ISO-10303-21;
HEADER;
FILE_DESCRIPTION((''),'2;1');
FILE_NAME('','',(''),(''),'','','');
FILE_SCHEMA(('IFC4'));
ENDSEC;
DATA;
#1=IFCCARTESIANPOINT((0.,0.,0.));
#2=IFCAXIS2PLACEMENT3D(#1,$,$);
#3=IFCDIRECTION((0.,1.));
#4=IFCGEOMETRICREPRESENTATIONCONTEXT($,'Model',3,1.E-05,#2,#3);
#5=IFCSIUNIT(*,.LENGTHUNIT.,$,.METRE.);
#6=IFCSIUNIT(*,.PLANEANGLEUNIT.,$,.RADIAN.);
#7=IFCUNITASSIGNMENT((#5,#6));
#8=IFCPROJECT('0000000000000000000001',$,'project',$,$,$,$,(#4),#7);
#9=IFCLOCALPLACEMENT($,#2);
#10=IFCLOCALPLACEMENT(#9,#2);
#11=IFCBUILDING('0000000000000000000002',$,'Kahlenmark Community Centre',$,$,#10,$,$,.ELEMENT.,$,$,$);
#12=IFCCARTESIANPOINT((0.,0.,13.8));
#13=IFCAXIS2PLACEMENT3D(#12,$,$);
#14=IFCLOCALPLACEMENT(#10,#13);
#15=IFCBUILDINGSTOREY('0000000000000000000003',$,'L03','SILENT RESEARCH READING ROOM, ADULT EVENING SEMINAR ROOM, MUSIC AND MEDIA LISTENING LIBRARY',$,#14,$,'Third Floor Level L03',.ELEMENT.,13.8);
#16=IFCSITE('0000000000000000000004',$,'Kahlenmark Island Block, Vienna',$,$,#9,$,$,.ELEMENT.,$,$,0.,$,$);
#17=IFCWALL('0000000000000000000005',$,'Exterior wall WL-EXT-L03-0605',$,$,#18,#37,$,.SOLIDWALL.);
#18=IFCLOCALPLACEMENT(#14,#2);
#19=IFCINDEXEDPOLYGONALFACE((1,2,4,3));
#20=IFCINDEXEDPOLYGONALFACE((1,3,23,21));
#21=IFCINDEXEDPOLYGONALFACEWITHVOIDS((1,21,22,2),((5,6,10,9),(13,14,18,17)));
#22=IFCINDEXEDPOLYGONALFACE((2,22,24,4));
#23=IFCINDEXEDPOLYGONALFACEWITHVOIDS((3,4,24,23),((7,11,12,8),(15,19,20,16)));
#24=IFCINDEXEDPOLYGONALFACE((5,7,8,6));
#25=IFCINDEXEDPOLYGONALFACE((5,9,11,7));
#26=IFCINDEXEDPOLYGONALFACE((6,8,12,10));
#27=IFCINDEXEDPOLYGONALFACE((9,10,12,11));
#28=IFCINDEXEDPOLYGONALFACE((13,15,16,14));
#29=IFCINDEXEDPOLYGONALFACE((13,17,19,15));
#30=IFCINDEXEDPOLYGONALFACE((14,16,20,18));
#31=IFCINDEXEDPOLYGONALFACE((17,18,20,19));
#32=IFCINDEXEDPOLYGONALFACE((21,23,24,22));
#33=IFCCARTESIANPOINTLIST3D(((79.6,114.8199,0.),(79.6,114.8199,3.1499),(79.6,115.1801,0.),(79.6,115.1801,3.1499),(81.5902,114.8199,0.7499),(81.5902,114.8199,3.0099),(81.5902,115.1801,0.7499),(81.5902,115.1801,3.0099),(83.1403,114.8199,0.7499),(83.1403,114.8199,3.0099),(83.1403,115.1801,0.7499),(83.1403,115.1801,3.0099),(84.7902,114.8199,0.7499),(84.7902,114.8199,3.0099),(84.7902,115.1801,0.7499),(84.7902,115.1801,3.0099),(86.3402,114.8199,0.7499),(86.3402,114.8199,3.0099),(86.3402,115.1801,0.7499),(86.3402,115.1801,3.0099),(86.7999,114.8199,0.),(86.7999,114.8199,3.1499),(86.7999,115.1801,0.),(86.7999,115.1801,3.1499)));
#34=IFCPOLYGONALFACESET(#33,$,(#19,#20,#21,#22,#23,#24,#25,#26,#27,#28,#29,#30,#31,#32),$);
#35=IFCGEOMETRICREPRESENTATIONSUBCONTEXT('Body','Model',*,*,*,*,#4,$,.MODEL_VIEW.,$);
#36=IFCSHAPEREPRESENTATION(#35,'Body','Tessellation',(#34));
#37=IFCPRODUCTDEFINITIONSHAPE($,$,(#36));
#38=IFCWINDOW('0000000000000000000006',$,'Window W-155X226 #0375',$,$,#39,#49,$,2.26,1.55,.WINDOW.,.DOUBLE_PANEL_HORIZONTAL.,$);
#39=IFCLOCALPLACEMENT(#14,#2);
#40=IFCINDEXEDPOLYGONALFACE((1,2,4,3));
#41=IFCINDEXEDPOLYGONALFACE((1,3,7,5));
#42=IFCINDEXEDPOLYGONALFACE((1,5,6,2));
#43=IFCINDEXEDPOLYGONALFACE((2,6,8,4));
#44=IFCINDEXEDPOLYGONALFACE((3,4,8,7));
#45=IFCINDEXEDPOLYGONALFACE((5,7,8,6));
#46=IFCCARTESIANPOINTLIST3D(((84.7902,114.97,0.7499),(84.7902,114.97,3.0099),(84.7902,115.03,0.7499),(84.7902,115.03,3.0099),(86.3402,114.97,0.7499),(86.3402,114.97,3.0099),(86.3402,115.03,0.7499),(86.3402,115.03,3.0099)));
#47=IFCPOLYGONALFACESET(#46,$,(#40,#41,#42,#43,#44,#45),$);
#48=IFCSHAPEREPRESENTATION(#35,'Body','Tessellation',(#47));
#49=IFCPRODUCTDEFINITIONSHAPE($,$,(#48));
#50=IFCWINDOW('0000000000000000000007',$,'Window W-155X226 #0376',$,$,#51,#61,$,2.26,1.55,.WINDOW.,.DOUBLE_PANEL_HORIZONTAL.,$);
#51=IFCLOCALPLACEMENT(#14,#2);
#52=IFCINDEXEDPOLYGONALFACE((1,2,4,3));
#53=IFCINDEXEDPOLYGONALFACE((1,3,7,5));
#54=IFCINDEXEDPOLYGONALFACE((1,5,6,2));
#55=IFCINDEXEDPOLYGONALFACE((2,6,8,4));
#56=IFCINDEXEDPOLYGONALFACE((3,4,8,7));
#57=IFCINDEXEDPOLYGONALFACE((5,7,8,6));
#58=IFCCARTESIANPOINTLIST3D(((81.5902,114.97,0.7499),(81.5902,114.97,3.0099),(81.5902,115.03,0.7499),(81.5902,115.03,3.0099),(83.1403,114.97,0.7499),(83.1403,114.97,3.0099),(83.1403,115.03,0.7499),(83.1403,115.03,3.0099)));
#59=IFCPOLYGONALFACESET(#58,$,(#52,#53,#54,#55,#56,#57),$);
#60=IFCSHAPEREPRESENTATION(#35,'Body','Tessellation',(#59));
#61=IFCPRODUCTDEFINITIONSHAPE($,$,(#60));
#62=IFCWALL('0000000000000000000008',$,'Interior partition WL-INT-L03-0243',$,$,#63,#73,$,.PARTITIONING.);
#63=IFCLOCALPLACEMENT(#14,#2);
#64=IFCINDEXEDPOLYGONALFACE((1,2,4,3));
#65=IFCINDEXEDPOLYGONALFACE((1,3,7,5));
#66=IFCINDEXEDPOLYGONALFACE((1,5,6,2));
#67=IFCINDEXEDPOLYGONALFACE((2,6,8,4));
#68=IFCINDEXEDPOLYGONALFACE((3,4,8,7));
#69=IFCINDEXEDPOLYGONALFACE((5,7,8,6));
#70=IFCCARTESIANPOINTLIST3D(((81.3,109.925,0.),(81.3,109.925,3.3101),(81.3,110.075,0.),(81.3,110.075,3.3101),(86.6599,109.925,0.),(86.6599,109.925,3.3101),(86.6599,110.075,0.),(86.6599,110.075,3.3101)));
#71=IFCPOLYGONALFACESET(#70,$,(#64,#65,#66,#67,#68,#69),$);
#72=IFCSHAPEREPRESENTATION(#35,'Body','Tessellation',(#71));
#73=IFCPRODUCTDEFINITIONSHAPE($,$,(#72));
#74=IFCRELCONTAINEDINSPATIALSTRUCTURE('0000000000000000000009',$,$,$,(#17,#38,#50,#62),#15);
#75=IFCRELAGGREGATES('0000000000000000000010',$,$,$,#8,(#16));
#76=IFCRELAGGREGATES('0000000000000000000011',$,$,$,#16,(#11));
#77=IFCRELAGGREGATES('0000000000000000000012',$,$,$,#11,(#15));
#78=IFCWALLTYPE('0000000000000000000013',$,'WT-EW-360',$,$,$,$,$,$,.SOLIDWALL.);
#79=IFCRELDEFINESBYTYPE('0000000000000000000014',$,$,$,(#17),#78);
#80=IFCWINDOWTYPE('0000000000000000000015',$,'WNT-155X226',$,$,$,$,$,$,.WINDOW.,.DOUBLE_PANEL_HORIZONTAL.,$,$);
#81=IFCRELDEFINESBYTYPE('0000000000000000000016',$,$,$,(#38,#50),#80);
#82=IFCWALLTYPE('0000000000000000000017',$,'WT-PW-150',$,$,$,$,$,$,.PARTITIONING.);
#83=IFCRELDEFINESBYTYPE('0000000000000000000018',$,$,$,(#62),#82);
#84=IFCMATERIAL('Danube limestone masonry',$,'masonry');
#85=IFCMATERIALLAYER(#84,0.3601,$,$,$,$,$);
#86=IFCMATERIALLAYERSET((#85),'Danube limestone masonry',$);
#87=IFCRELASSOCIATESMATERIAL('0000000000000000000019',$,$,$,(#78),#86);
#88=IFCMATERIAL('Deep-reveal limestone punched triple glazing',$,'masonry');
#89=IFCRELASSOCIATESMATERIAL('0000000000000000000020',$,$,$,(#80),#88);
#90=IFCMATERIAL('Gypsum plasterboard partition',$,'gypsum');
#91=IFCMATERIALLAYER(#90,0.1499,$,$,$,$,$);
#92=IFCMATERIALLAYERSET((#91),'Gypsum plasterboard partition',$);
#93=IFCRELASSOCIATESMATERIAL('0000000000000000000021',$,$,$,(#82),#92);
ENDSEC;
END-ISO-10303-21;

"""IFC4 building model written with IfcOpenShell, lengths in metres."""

from ifc_helpers import new_model, si_unit, direction, frame, frame_2d, origin, place, context, subcontext, project, spatial, rectangle, extrude, material, layer, layer_set, type_object, element, fill, save


model = new_model("IFC4")

# Units and contexts
model_context = context("Model", 3, precision=1e-05, world=origin(), true_north=direction((0.0, 1.0)))
body_context = subcontext(model_context, "Body", "Model", "MODEL_VIEW")
ifc_project = project(units=[si_unit("LENGTHUNIT", "METRE"), si_unit("PLANEANGLEUNIT", "RADIAN")], contexts=[model_context])

# Site, building, storey
site_placement = place(None, origin())
site = spatial("IfcSite", under=ifc_project, at=site_placement, Name="Kahlenmark Island Block, Vienna", CompositionType="ELEMENT", RefElevation=0.0)
building_placement = place(site_placement, origin())
building = spatial("IfcBuilding", under=site, at=building_placement, Name="Kahlenmark Community Centre", CompositionType="ELEMENT")
storey_placement = place(building_placement, frame((0.0, 0.0, 13.8)))
storey = spatial("IfcBuildingStorey", under=building, at=storey_placement, Name="L03", Description="SILENT RESEARCH READING ROOM, ADULT EVENING SEMINAR ROOM, MUSIC AND MEDIA LISTENING LIBRARY", LongName="Third Floor Level L03", CompositionType="ELEMENT", Elevation=13.8)

# Shared definitions
ifc_material_1 = material(Name="Danube limestone masonry", Category="masonry")
ifc_layer_1 = layer(ifc_material_1, 0.3601)
ifc_layer_set_1 = layer_set([ifc_layer_1], Name="Danube limestone masonry")
wall_type_1 = type_object("IfcWallType", Name="WT-EW-360", PredefinedType="SOLIDWALL", material=ifc_layer_set_1)

# Wall, openings, windows
wall_1_placement = place(storey_placement, frame((86.8, 115.0, 0.0), z_axis=(0.0, 0.0, 1.0), x_axis=(-1.0, 0.0, 0.0)))
wall_1 = element("IfcWall", 1, at=wall_1_placement, inside=storey, type_object=wall_type_1, Name="Exterior wall WL-EXT-L03-0605", PredefinedType="SOLIDWALL", context=body_context, shape_type="SweptSolid", body=[
    extrude(rectangle(XDim=7.2, YDim=0.3601, at=frame_2d((3.6001, 0.0))), origin(), (0.0, 0.0, 1.0), 3.1499),
])
opening_1_placement = place(wall_1_placement, frame((0.46, 0.0, 0.75)))
opening_1 = element("IfcOpeningElement", 2, at=opening_1_placement, cuts=wall_1, PredefinedType="OPENING", context=body_context, shape_type="SweptSolid", body=[
    extrude(rectangle(XDim=1.55, YDim=2.26, at=frame_2d((0.7749, 1.1299))), frame((0.0, 0.1899, 0.0), z_axis=(0.0, -1.0, 0.0), x_axis=(1.0, 0.0, 0.0)), (0.0, 0.0, 1.0), 0.3801),
])
opening_2_placement = place(wall_1_placement, frame((3.6599, 0.0, 0.75)))
opening_2 = element("IfcOpeningElement", 3, at=opening_2_placement, cuts=wall_1, PredefinedType="OPENING", context=body_context, shape_type="SweptSolid", body=[
    extrude(rectangle(XDim=1.55, YDim=2.26, at=frame_2d((0.7749, 1.1299))), frame((0.0, 0.1899, 0.0), z_axis=(0.0, -1.0, 0.0), x_axis=(1.0, 0.0, 0.0)), (0.0, 0.0, 1.0), 0.3801),
])
ifc_material_2 = material(Name="Deep-reveal limestone punched triple glazing", Category="masonry")
window_type = type_object("IfcWindowType", Name="WNT-155X226", PartitioningType="DOUBLE_PANEL_HORIZONTAL", PredefinedType="WINDOW", material=ifc_material_2)
window_1_placement = place(opening_1_placement, origin())
window_1 = element("IfcWindow", 4, at=window_1_placement, inside=storey, type_object=window_type, Name="Window W-155X226 #0375", OverallHeight=2.26, OverallWidth=1.55, PartitioningType="DOUBLE_PANEL_HORIZONTAL", PredefinedType="WINDOW", context=body_context, shape_type="SweptSolid", body=[
    extrude(rectangle(XDim=1.55, YDim=2.26, at=frame_2d((0.7749, 1.1299))), frame((0.0, 0.03, 0.0), z_axis=(0.0, -1.0, 0.0), x_axis=(1.0, 0.0, 0.0)), (0.0, 0.0, 1.0), 0.0601),
])
fill(opening_1, window_1)
window_2_placement = place(opening_2_placement, origin())
window_2 = element("IfcWindow", 5, at=window_2_placement, inside=storey, type_object=window_type, Name="Window W-155X226 #0376", OverallHeight=2.26, OverallWidth=1.55, PartitioningType="DOUBLE_PANEL_HORIZONTAL", PredefinedType="WINDOW", context=body_context, shape_type="SweptSolid", body=[
    extrude(rectangle(XDim=1.55, YDim=2.26, at=frame_2d((0.7749, 1.1299))), frame((0.0, 0.03, 0.0), z_axis=(0.0, -1.0, 0.0), x_axis=(1.0, 0.0, 0.0)), (0.0, 0.0, 1.0), 0.0601),
])
fill(opening_2, window_2)

# Wall
ifc_material_3 = material(Name="Gypsum plasterboard partition", Category="gypsum")
ifc_layer_2 = layer(ifc_material_3, 0.1499)
ifc_layer_set_2 = layer_set([ifc_layer_2], Name="Gypsum plasterboard partition")
wall_type_2 = type_object("IfcWallType", Name="WT-PW-150", PredefinedType="PARTITIONING", material=ifc_layer_set_2)
wall_2_placement = place(storey_placement, frame((81.3, 110.0, 0.0), z_axis=(0.0, 0.0, 1.0), x_axis=(1.0, 0.0, 0.0)))
element("IfcWall", 6, at=wall_2_placement, inside=storey, type_object=wall_type_2, Name="Interior partition WL-INT-L03-0243", PredefinedType="PARTITIONING", context=body_context, shape_type="SweptSolid", body=[
    extrude(rectangle(XDim=5.3599, YDim=0.1499, at=frame_2d((2.6799, 0.0))), origin(), (0.0, 0.0, 1.0), 3.3101),
])

save(model, "model.ifc")
